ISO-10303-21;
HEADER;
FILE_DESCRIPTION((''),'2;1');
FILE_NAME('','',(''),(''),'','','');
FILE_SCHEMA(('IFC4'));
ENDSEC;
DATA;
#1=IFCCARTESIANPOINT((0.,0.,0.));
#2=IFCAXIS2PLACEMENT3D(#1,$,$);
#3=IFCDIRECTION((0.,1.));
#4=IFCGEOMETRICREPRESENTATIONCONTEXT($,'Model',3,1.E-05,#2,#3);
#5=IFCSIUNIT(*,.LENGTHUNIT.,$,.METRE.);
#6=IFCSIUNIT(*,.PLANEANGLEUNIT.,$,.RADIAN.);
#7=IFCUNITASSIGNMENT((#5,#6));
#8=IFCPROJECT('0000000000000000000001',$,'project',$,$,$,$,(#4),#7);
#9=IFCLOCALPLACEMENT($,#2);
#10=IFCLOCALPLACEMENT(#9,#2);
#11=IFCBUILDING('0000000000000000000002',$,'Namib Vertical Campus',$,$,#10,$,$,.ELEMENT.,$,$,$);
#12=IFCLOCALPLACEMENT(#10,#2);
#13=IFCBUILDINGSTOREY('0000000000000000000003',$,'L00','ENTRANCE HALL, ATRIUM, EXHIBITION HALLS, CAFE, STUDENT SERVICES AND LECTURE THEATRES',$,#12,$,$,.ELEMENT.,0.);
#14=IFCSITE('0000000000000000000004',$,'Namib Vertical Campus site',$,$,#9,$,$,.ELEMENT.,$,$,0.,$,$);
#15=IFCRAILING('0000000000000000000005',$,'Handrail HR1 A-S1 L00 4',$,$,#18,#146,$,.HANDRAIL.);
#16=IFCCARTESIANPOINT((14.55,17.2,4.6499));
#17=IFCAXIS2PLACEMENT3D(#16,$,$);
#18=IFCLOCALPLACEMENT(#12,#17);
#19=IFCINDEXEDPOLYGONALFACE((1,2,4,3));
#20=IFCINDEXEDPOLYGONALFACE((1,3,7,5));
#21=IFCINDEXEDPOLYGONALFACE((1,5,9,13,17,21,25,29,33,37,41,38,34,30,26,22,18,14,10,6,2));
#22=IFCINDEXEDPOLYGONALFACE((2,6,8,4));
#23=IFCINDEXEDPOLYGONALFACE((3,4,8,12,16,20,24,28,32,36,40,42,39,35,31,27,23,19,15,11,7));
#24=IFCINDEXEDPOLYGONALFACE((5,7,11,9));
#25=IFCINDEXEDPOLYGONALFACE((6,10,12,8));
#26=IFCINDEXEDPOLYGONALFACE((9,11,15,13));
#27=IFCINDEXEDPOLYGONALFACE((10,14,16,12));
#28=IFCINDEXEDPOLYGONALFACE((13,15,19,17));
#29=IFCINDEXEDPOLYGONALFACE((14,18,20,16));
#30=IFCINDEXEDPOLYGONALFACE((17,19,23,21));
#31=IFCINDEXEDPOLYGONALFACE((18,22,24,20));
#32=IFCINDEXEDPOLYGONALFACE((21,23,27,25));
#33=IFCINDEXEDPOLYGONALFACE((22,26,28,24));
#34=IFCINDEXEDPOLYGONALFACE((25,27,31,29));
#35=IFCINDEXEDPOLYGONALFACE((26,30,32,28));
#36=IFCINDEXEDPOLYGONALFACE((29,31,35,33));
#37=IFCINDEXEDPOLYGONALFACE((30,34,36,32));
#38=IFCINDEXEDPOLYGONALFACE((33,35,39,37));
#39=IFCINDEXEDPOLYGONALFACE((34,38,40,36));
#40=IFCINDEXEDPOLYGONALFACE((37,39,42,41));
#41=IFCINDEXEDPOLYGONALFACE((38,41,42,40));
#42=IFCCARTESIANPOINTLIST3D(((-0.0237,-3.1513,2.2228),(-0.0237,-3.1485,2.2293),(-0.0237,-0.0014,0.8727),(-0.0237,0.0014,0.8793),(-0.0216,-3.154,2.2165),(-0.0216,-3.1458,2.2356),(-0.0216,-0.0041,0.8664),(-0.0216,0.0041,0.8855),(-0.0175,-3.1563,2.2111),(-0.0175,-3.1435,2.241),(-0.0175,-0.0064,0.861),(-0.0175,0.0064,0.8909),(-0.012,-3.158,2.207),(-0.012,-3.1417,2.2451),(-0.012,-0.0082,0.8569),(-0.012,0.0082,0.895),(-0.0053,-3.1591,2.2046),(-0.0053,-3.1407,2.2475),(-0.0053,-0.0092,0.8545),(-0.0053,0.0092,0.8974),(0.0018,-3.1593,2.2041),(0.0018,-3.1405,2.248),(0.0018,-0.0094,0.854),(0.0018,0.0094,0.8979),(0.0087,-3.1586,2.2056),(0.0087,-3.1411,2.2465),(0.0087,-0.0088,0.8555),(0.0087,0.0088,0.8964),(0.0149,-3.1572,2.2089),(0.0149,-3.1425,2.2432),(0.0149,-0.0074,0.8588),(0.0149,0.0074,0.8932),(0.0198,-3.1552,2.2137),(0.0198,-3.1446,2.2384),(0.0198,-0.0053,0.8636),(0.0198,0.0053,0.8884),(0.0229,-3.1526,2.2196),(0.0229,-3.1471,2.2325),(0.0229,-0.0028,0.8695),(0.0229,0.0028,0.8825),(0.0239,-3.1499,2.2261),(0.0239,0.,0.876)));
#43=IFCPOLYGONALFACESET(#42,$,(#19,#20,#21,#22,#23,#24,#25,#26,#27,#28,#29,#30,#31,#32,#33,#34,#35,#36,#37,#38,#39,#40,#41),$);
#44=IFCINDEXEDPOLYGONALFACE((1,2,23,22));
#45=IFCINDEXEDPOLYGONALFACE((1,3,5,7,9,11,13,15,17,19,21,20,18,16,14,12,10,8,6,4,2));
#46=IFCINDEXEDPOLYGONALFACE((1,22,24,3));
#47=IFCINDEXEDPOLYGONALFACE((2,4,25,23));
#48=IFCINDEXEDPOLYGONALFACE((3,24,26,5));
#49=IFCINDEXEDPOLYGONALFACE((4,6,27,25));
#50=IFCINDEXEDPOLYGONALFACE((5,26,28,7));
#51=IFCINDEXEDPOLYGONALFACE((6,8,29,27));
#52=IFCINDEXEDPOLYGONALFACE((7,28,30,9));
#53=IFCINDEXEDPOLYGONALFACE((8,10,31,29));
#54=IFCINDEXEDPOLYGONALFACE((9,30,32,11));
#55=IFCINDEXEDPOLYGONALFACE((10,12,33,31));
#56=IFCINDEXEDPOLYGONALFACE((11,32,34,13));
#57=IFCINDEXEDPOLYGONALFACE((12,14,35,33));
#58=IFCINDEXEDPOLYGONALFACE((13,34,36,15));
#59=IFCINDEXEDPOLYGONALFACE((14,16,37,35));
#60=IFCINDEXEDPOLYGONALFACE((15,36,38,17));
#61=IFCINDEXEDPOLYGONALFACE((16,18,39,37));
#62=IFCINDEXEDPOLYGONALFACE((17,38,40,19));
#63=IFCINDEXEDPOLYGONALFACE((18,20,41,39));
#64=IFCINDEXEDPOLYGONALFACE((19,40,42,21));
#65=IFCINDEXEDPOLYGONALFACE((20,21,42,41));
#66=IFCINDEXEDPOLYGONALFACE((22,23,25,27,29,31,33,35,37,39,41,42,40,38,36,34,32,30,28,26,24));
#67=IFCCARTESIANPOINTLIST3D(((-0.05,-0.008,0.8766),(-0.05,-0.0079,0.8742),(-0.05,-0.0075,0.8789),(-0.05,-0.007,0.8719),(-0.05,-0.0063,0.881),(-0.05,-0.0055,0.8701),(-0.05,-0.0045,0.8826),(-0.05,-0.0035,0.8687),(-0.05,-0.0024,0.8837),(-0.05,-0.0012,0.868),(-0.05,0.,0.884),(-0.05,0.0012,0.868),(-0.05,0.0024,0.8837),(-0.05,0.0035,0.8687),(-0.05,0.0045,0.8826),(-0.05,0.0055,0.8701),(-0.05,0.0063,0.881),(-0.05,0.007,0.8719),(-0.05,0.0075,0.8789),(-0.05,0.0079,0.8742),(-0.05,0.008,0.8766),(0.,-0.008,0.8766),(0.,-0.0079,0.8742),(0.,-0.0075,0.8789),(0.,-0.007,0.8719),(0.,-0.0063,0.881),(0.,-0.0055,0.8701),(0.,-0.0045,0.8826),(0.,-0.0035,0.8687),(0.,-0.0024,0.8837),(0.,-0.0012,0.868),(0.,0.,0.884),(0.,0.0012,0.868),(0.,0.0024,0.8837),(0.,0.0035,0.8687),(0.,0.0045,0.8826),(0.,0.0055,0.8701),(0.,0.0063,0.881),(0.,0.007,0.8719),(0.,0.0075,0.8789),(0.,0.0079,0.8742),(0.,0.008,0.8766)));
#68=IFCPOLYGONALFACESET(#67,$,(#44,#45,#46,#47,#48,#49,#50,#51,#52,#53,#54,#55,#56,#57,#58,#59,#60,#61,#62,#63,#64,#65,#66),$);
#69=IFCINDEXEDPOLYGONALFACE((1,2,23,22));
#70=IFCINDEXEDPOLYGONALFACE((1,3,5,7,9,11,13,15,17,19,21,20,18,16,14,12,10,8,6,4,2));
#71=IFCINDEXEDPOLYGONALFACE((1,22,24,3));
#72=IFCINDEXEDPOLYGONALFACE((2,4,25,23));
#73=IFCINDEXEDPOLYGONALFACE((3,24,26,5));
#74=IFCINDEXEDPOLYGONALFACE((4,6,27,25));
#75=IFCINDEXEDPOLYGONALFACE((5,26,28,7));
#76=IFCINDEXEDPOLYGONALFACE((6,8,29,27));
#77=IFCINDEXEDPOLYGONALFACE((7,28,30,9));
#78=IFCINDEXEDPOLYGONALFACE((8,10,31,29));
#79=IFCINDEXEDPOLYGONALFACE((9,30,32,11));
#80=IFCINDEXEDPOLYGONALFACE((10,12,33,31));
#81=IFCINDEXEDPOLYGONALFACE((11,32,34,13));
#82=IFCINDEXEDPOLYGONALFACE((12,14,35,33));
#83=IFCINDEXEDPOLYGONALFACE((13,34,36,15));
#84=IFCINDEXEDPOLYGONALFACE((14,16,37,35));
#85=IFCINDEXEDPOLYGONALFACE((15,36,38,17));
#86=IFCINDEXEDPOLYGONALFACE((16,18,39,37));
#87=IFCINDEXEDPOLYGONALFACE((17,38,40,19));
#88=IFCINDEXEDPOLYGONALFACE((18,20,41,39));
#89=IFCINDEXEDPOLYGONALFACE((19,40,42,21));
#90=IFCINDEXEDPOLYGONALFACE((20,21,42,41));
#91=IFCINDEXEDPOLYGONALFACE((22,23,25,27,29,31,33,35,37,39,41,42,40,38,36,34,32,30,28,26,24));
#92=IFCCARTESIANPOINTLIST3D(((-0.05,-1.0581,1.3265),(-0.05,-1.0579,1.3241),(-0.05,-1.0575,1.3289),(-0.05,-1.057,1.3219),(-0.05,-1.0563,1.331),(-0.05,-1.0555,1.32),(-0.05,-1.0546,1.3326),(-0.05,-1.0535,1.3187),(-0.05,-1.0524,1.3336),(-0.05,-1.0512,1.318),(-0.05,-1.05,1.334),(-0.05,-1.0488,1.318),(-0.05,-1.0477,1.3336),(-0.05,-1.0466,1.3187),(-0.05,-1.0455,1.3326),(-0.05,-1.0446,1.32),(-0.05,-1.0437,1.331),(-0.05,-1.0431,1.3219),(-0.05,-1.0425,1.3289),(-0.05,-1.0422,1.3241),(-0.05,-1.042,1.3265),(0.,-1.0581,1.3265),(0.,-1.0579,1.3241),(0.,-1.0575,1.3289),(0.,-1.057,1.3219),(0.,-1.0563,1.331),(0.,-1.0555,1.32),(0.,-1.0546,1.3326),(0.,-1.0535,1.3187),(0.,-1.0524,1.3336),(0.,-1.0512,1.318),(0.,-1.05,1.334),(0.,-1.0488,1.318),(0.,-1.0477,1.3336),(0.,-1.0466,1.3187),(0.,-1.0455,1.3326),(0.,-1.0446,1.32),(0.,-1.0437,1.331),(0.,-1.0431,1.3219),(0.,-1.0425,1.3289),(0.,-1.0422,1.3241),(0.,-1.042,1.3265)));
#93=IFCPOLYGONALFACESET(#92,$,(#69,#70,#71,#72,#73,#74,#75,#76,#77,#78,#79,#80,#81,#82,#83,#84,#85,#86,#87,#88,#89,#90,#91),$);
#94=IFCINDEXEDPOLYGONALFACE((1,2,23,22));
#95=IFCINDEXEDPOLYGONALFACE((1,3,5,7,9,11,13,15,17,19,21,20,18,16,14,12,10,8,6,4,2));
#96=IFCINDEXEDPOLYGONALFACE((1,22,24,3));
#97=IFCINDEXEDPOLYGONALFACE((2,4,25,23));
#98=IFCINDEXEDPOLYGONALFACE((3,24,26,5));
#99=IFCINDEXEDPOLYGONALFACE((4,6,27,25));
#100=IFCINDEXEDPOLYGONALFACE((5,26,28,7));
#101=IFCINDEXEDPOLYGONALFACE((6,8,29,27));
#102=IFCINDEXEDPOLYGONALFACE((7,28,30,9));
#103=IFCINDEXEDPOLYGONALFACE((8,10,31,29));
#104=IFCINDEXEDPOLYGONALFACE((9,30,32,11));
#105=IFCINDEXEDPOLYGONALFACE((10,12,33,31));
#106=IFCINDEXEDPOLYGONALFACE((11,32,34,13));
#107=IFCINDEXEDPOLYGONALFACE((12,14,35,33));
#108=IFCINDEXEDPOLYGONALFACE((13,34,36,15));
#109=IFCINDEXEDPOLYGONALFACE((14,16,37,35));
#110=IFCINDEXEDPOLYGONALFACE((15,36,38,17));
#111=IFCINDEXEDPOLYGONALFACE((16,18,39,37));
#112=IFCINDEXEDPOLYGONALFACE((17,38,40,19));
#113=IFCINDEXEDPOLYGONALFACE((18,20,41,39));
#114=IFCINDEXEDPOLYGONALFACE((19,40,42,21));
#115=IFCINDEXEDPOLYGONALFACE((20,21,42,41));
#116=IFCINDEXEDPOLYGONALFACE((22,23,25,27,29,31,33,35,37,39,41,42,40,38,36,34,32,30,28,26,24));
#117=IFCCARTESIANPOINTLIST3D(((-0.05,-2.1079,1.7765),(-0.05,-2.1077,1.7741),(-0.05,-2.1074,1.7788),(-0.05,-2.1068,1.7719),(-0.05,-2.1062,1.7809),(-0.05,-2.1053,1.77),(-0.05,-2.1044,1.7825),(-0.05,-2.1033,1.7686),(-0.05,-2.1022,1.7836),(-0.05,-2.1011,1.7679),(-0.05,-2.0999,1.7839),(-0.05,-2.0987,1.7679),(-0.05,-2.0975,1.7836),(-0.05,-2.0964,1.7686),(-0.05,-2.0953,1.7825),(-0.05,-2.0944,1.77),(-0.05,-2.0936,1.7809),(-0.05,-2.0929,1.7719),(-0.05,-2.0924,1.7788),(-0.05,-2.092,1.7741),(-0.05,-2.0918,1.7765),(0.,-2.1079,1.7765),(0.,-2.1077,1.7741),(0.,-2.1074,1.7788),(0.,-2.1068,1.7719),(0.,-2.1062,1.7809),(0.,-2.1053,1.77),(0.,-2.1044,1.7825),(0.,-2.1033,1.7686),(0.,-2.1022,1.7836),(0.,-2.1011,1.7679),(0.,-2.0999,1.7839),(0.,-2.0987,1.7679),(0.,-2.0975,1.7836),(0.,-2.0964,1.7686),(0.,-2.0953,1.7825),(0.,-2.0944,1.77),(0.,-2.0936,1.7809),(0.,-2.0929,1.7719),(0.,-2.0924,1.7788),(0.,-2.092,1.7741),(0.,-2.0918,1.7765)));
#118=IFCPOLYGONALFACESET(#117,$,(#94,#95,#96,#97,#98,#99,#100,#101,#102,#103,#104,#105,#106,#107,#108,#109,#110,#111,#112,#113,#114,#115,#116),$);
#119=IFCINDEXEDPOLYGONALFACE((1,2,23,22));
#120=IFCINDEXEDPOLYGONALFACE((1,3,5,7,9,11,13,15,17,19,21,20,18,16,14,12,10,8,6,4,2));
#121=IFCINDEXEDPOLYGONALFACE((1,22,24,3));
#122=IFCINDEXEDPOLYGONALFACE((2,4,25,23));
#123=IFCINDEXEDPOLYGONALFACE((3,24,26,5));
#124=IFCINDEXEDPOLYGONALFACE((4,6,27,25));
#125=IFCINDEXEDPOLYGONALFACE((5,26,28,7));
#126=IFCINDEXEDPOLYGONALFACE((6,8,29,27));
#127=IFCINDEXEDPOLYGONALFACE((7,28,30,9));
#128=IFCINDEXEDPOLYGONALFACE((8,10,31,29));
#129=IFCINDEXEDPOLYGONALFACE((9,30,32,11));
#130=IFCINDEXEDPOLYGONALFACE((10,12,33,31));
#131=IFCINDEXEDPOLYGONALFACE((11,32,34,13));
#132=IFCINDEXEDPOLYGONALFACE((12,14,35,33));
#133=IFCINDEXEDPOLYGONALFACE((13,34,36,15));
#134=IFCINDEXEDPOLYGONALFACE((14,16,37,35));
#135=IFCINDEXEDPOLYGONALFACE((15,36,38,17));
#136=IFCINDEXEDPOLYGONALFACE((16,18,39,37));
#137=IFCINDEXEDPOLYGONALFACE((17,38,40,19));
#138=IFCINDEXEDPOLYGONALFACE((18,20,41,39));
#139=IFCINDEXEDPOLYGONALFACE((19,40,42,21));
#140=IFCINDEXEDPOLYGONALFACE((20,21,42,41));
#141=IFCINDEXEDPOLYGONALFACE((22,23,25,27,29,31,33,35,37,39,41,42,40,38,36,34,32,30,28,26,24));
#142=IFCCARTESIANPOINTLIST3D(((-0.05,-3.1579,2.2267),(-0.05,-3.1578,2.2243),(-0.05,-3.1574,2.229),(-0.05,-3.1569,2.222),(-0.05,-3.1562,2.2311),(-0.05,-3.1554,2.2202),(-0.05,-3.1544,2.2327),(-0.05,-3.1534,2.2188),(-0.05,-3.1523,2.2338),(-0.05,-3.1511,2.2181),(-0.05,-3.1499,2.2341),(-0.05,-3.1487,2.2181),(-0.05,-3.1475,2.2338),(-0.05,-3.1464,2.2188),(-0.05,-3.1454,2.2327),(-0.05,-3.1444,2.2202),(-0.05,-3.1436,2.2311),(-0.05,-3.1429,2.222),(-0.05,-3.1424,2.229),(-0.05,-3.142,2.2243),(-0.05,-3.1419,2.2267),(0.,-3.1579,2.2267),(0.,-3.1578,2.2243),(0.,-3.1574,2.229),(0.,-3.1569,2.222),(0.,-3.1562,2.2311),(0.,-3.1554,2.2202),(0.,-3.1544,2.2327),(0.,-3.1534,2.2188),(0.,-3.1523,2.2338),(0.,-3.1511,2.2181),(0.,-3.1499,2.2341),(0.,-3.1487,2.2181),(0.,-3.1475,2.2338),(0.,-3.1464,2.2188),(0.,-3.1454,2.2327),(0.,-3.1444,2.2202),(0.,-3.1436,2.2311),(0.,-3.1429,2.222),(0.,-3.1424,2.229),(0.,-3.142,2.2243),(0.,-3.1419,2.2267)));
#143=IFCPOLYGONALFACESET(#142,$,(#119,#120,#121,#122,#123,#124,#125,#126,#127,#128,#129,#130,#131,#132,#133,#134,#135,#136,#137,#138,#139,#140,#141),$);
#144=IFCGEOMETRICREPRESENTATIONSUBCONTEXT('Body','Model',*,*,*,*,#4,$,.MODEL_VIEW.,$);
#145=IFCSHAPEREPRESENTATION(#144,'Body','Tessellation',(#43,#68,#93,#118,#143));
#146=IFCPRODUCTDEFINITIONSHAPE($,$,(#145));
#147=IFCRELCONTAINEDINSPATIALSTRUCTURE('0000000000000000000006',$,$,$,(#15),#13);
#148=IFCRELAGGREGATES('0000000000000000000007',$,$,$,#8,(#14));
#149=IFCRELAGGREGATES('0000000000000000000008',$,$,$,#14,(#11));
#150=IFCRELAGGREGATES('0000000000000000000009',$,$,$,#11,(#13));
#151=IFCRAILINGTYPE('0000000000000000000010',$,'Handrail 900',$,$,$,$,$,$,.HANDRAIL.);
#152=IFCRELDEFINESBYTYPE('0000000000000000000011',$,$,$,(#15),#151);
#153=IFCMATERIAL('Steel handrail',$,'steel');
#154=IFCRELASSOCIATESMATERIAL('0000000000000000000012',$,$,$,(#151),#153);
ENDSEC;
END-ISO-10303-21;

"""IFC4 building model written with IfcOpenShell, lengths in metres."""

from ifc_helpers import new_model, si_unit, direction, frame, origin, origin_2d, place, context, subcontext, project, spatial, circle, extrude, material, type_object, element, save


model = new_model("IFC4")

# Units and contexts
model_context = context("Model", 3, precision=1e-05, world=origin(), true_north=direction((0.0, 1.0)))
body_context = subcontext(model_context, "Body", "Model", "MODEL_VIEW")
ifc_project = project(units=[si_unit("LENGTHUNIT", "METRE"), si_unit("PLANEANGLEUNIT", "RADIAN")], contexts=[model_context])

# Site, building, storey
site_placement = place(None, origin())
site = spatial("IfcSite", under=ifc_project, at=site_placement, Name="Namib Vertical Campus site", CompositionType="ELEMENT", RefElevation=0.0)
building_placement = place(site_placement, origin())
building = spatial("IfcBuilding", under=site, at=building_placement, Name="Namib Vertical Campus", CompositionType="ELEMENT")
storey_placement = place(building_placement, origin())
storey = spatial("IfcBuildingStorey", under=building, at=storey_placement, Name="L00", Description="ENTRANCE HALL, ATRIUM, EXHIBITION HALLS, CAFE, STUDENT SERVICES AND LECTURE THEATRES", CompositionType="ELEMENT", Elevation=0.0)

# Railing
ifc_material_1 = material(Name="Steel handrail", Category="steel")
railing_type = type_object("IfcRailingType", Name="Handrail 900", PredefinedType="HANDRAIL", material=ifc_material_1)
railing_1_placement = place(storey_placement, frame((14.55, 17.2, 4.6499)))
element("IfcRailing", 1, at=railing_1_placement, inside=storey, type_object=railing_type, Name="Handrail HR1 A-S1 L00 4", PredefinedType="HANDRAIL", context=body_context, shape_type="SweptSolid", body=[
    extrude(circle(Radius=0.0239, at=origin_2d()), frame((0.0, 0.0, 0.876), z_axis=(0.0, -0.91913, 0.393954), x_axis=(1.0, 0.0, 0.0)), (0.0, 0.0, 1.0), 3.427),
    extrude(circle(Radius=0.0081, at=origin_2d()), frame((0.0, 0.0, 0.876), z_axis=(-1.0, 0.0, 0.0), x_axis=(0.0, 0.0, 1.0)), (0.0, 0.0, 1.0), 0.05),
    extrude(circle(Radius=0.0081, at=origin_2d()), frame((0.0, -1.05, 1.3259), z_axis=(-1.0, 0.0, 0.0), x_axis=(0.0, 0.0, 1.0)), (0.0, 0.0, 1.0), 0.05),
    extrude(circle(Radius=0.0081, at=origin_2d()), frame((0.0, -2.0999, 1.7759), z_axis=(-1.0, 0.0, 0.0), x_axis=(0.0, 0.0, 1.0)), (0.0, 0.0, 1.0), 0.05),
    extrude(circle(Radius=0.0081, at=origin_2d()), frame((0.0, -3.1499, 2.2261), z_axis=(-1.0, 0.0, 0.0), x_axis=(0.0, 0.0, 1.0)), (0.0, 0.0, 1.0), 0.05),
])

save(model, "model.ifc")
